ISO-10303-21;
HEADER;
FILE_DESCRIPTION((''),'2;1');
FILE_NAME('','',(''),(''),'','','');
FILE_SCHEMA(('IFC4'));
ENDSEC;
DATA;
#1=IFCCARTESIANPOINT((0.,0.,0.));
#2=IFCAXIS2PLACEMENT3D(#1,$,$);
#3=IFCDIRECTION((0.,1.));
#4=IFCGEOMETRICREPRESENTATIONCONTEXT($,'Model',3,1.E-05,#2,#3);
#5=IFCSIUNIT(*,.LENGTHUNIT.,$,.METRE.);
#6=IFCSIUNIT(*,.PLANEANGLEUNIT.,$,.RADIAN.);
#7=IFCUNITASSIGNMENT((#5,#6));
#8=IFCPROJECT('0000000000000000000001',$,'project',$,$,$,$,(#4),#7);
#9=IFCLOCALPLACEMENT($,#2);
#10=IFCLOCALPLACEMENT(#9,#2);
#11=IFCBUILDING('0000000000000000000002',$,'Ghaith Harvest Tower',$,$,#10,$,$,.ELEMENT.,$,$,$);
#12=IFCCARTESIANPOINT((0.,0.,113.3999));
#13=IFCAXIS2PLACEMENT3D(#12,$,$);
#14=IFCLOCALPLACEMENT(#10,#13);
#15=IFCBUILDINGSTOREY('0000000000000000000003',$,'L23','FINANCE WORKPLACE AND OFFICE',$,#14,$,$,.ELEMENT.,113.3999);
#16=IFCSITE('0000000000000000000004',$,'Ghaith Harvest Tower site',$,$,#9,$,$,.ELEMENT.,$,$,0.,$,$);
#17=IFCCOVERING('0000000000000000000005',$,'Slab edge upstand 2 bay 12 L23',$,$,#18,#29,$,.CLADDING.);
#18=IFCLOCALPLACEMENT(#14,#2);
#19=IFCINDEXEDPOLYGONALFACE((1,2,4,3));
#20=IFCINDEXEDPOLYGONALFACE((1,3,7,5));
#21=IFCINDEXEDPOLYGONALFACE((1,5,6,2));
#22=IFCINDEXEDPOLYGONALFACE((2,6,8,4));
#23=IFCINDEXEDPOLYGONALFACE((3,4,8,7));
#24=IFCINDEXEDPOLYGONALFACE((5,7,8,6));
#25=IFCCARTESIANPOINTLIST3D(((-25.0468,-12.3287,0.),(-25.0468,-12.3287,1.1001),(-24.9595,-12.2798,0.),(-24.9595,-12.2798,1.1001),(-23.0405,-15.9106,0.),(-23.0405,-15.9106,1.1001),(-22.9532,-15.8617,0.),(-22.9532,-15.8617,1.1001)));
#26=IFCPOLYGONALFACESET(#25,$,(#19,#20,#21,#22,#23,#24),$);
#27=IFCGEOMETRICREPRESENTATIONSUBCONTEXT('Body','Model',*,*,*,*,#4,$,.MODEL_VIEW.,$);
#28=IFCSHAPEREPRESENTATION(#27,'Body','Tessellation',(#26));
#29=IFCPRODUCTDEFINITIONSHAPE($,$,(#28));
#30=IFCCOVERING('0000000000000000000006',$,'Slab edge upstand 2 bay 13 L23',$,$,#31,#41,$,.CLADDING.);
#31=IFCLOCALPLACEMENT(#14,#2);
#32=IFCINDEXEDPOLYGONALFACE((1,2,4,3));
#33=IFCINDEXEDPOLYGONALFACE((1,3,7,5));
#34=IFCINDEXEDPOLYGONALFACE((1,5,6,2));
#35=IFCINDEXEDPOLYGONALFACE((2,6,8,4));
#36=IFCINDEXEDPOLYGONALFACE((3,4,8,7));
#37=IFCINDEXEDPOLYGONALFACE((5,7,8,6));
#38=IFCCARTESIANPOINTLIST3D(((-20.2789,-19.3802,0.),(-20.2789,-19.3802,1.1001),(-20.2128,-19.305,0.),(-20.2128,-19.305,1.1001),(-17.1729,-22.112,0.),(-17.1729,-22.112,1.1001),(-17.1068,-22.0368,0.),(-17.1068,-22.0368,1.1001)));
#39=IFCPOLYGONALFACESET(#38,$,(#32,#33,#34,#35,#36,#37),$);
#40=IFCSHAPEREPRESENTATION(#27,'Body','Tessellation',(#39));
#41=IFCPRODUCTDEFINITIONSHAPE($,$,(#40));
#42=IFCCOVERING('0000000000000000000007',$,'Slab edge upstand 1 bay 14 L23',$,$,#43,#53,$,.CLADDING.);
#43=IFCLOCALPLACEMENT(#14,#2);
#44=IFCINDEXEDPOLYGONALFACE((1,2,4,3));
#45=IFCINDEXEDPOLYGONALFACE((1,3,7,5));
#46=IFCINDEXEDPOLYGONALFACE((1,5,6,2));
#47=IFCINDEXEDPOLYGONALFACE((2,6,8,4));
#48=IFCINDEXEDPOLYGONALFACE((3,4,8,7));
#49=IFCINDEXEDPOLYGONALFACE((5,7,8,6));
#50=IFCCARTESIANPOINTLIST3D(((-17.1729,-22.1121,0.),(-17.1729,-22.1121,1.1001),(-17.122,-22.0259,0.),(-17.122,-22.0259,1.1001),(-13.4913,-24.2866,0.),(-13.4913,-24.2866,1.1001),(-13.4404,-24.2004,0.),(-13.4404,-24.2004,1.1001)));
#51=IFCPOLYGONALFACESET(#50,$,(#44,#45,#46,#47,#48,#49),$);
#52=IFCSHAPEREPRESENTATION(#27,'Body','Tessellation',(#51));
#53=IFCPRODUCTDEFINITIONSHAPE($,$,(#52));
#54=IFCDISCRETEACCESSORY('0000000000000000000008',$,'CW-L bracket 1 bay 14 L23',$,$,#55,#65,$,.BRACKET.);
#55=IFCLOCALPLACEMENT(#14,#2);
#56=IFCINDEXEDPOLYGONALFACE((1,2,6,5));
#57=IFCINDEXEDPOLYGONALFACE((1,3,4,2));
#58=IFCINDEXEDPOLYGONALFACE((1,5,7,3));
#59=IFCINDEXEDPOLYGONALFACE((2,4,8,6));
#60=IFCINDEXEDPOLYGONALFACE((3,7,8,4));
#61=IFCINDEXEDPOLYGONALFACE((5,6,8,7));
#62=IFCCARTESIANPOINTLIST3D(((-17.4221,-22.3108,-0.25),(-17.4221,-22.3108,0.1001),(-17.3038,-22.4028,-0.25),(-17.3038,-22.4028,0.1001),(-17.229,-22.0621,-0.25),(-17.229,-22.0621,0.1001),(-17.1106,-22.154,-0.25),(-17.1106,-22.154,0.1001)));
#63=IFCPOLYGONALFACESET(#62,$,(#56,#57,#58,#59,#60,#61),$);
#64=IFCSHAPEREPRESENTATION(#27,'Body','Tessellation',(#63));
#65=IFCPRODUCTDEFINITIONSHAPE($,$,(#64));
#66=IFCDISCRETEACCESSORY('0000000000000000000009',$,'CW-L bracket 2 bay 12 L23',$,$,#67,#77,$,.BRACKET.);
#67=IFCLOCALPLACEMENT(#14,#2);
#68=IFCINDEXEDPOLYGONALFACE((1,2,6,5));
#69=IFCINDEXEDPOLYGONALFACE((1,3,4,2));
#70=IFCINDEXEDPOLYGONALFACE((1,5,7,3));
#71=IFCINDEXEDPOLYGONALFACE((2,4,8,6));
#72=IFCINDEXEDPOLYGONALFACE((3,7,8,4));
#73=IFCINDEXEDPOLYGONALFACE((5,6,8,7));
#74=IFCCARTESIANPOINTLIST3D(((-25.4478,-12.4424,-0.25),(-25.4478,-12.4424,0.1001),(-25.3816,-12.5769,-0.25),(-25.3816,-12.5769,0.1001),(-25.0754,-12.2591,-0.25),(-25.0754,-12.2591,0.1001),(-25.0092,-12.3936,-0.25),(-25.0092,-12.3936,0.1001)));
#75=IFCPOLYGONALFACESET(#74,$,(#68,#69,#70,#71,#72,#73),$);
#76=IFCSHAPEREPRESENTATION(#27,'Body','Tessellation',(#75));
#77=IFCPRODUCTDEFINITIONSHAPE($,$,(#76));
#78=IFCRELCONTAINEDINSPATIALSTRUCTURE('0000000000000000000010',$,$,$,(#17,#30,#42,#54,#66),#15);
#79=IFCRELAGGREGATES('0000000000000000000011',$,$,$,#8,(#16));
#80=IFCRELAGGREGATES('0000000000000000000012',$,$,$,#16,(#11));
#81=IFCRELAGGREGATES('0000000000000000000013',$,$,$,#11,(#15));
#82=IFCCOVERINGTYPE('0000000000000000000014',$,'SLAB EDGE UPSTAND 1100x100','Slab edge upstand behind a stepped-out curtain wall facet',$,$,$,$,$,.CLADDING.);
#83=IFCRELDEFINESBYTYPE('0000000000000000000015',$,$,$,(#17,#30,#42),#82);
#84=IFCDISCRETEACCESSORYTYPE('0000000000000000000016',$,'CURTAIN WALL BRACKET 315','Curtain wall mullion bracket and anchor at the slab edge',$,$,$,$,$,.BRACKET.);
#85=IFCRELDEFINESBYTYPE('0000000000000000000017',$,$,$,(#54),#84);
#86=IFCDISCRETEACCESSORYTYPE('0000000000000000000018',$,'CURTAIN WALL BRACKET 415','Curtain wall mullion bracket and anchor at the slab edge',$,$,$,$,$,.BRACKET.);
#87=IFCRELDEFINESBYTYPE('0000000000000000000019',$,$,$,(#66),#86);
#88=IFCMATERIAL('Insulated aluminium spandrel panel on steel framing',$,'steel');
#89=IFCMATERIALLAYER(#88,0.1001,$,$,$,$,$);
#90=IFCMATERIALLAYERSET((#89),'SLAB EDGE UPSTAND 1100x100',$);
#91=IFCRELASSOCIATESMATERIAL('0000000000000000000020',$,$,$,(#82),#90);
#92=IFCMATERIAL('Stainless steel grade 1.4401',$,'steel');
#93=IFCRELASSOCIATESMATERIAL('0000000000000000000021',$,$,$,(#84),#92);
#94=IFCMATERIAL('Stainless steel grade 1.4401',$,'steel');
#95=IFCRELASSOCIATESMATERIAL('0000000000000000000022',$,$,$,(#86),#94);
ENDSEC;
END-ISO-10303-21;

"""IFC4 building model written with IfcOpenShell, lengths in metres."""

from ifc_helpers import new_model, si_unit, direction, frame, origin, origin_2d, place, context, subcontext, project, spatial, rectangle, extrude, material, layer, layer_set, type_object, element, save


model = new_model("IFC4")

# Units and contexts
model_context = context("Model", 3, precision=1e-05, world=origin(), true_north=direction((0.0, 1.0)))
body_context = subcontext(model_context, "Body", "Model", "MODEL_VIEW")
ifc_project = project(units=[si_unit("LENGTHUNIT", "METRE"), si_unit("PLANEANGLEUNIT", "RADIAN")], contexts=[model_context])

# Site, building, storey
site_placement = place(None, origin())
site = spatial("IfcSite", under=ifc_project, at=site_placement, Name="Ghaith Harvest Tower site", CompositionType="ELEMENT", RefElevation=0.0)
building_placement = place(site_placement, origin())
building = spatial("IfcBuilding", under=site, at=building_placement, Name="Ghaith Harvest Tower", CompositionType="ELEMENT")
storey_placement = place(building_placement, frame((0.0, 0.0, 113.3999)))
storey = spatial("IfcBuildingStorey", under=building, at=storey_placement, Name="L23", Description="FINANCE WORKPLACE AND OFFICE", CompositionType="ELEMENT", Elevation=113.3999)

# Coverings
ifc_material_1 = material(Name="Insulated aluminium spandrel panel on steel framing", Category="steel")
ifc_layer_1 = layer(ifc_material_1, 0.1001)
ifc_layer_set_1 = layer_set([ifc_layer_1], Name="SLAB EDGE UPSTAND 1100x100")
covering_type = type_object("IfcCoveringType", Name="SLAB EDGE UPSTAND 1100x100", Description="Slab edge upstand behind a stepped-out curtain wall facet", PredefinedType="CLADDING", material=ifc_layer_set_1)
covering_1_placement = place(storey_placement, frame((-24.0, -14.0952, 0.0), z_axis=(0.0, 0.0, 1.0), x_axis=(0.488684, -0.872461, 0.0)))
element("IfcCovering", 1, at=covering_1_placement, inside=storey, type_object=covering_type, Name="Slab edge upstand 2 bay 12 L23", PredefinedType="CLADDING", context=body_context, shape_type="SweptSolid", body=[
    extrude(rectangle(XDim=4.1055, YDim=0.1001, at=origin_2d()), origin(), (0.0, 0.0, 1.0), 1.1001),
])
covering_2_placement = place(storey_placement, frame((-18.6929, -20.7085, 0.0), z_axis=(0.0, 0.0, 1.0), x_axis=(0.750892, -0.660425, 0.0)))
element("IfcCovering", 2, at=covering_2_placement, inside=storey, type_object=covering_type, Name="Slab edge upstand 2 bay 13 L23", PredefinedType="CLADDING", context=body_context, shape_type="SweptSolid", body=[
    extrude(rectangle(XDim=4.1365, YDim=0.1001, at=origin_2d()), origin(), (0.0, 0.0, 1.0), 1.1001),
])
covering_3_placement = place(storey_placement, frame((-15.3066, -23.1562, 0.0), z_axis=(0.0, 0.0, 1.0), x_axis=(0.861021, -0.50857, 0.0)))
element("IfcCovering", 3, at=covering_3_placement, inside=storey, type_object=covering_type, Name="Slab edge upstand 1 bay 14 L23", PredefinedType="CLADDING", context=body_context, shape_type="SweptSolid", body=[
    extrude(rectangle(XDim=4.2759, YDim=0.1001, at=origin_2d()), origin(), (0.0, 0.0, 1.0), 1.1001),
])

# Discrete accessories
ifc_material_2 = material(Name="Stainless steel grade 1.4401", Category="steel")
discrete_accessory_type_1 = type_object("IfcDiscreteAccessoryType", Name="CURTAIN WALL BRACKET 315", Description="Curtain wall mullion bracket and anchor at the slab edge", PredefinedType="BRACKET", material=ifc_material_2)
discrete_accessory_1_placement = place(storey_placement, frame((-17.2664, -22.2324, -0.25), z_axis=(0.0, 0.0, 1.0), x_axis=(-0.613378, -0.78979, 0.0)))
element("IfcDiscreteAccessory", 4, at=discrete_accessory_1_placement, inside=storey, type_object=discrete_accessory_type_1, Name="CW-L bracket 1 bay 14 L23", PredefinedType="BRACKET", context=body_context, shape_type="SweptSolid", body=[
    extrude(rectangle(XDim=0.3149, YDim=0.1499, at=origin_2d()), origin(), (0.0, 0.0, 1.0), 0.3501),
])
ifc_material_3 = material(Name="Stainless steel grade 1.4401", Category="steel")
discrete_accessory_type_2 = type_object("IfcDiscreteAccessoryType", Name="CURTAIN WALL BRACKET 415", Description="Curtain wall mullion bracket and anchor at the slab edge", PredefinedType="BRACKET", material=ifc_material_3)
discrete_accessory_2_placement = place(storey_placement, frame((-25.2285, -12.418, -0.25), z_axis=(0.0, 0.0, 1.0), x_axis=(-0.897201, -0.441622, 0.0)))
element("IfcDiscreteAccessory", 5, at=discrete_accessory_2_placement, inside=storey, type_object=discrete_accessory_type_2, Name="CW-L bracket 2 bay 12 L23", PredefinedType="BRACKET", context=body_context, shape_type="SweptSolid", body=[
    extrude(rectangle(XDim=0.415, YDim=0.1499, at=origin_2d()), origin(), (0.0, 0.0, 1.0), 0.3501),
])

save(model, "model.ifc")
